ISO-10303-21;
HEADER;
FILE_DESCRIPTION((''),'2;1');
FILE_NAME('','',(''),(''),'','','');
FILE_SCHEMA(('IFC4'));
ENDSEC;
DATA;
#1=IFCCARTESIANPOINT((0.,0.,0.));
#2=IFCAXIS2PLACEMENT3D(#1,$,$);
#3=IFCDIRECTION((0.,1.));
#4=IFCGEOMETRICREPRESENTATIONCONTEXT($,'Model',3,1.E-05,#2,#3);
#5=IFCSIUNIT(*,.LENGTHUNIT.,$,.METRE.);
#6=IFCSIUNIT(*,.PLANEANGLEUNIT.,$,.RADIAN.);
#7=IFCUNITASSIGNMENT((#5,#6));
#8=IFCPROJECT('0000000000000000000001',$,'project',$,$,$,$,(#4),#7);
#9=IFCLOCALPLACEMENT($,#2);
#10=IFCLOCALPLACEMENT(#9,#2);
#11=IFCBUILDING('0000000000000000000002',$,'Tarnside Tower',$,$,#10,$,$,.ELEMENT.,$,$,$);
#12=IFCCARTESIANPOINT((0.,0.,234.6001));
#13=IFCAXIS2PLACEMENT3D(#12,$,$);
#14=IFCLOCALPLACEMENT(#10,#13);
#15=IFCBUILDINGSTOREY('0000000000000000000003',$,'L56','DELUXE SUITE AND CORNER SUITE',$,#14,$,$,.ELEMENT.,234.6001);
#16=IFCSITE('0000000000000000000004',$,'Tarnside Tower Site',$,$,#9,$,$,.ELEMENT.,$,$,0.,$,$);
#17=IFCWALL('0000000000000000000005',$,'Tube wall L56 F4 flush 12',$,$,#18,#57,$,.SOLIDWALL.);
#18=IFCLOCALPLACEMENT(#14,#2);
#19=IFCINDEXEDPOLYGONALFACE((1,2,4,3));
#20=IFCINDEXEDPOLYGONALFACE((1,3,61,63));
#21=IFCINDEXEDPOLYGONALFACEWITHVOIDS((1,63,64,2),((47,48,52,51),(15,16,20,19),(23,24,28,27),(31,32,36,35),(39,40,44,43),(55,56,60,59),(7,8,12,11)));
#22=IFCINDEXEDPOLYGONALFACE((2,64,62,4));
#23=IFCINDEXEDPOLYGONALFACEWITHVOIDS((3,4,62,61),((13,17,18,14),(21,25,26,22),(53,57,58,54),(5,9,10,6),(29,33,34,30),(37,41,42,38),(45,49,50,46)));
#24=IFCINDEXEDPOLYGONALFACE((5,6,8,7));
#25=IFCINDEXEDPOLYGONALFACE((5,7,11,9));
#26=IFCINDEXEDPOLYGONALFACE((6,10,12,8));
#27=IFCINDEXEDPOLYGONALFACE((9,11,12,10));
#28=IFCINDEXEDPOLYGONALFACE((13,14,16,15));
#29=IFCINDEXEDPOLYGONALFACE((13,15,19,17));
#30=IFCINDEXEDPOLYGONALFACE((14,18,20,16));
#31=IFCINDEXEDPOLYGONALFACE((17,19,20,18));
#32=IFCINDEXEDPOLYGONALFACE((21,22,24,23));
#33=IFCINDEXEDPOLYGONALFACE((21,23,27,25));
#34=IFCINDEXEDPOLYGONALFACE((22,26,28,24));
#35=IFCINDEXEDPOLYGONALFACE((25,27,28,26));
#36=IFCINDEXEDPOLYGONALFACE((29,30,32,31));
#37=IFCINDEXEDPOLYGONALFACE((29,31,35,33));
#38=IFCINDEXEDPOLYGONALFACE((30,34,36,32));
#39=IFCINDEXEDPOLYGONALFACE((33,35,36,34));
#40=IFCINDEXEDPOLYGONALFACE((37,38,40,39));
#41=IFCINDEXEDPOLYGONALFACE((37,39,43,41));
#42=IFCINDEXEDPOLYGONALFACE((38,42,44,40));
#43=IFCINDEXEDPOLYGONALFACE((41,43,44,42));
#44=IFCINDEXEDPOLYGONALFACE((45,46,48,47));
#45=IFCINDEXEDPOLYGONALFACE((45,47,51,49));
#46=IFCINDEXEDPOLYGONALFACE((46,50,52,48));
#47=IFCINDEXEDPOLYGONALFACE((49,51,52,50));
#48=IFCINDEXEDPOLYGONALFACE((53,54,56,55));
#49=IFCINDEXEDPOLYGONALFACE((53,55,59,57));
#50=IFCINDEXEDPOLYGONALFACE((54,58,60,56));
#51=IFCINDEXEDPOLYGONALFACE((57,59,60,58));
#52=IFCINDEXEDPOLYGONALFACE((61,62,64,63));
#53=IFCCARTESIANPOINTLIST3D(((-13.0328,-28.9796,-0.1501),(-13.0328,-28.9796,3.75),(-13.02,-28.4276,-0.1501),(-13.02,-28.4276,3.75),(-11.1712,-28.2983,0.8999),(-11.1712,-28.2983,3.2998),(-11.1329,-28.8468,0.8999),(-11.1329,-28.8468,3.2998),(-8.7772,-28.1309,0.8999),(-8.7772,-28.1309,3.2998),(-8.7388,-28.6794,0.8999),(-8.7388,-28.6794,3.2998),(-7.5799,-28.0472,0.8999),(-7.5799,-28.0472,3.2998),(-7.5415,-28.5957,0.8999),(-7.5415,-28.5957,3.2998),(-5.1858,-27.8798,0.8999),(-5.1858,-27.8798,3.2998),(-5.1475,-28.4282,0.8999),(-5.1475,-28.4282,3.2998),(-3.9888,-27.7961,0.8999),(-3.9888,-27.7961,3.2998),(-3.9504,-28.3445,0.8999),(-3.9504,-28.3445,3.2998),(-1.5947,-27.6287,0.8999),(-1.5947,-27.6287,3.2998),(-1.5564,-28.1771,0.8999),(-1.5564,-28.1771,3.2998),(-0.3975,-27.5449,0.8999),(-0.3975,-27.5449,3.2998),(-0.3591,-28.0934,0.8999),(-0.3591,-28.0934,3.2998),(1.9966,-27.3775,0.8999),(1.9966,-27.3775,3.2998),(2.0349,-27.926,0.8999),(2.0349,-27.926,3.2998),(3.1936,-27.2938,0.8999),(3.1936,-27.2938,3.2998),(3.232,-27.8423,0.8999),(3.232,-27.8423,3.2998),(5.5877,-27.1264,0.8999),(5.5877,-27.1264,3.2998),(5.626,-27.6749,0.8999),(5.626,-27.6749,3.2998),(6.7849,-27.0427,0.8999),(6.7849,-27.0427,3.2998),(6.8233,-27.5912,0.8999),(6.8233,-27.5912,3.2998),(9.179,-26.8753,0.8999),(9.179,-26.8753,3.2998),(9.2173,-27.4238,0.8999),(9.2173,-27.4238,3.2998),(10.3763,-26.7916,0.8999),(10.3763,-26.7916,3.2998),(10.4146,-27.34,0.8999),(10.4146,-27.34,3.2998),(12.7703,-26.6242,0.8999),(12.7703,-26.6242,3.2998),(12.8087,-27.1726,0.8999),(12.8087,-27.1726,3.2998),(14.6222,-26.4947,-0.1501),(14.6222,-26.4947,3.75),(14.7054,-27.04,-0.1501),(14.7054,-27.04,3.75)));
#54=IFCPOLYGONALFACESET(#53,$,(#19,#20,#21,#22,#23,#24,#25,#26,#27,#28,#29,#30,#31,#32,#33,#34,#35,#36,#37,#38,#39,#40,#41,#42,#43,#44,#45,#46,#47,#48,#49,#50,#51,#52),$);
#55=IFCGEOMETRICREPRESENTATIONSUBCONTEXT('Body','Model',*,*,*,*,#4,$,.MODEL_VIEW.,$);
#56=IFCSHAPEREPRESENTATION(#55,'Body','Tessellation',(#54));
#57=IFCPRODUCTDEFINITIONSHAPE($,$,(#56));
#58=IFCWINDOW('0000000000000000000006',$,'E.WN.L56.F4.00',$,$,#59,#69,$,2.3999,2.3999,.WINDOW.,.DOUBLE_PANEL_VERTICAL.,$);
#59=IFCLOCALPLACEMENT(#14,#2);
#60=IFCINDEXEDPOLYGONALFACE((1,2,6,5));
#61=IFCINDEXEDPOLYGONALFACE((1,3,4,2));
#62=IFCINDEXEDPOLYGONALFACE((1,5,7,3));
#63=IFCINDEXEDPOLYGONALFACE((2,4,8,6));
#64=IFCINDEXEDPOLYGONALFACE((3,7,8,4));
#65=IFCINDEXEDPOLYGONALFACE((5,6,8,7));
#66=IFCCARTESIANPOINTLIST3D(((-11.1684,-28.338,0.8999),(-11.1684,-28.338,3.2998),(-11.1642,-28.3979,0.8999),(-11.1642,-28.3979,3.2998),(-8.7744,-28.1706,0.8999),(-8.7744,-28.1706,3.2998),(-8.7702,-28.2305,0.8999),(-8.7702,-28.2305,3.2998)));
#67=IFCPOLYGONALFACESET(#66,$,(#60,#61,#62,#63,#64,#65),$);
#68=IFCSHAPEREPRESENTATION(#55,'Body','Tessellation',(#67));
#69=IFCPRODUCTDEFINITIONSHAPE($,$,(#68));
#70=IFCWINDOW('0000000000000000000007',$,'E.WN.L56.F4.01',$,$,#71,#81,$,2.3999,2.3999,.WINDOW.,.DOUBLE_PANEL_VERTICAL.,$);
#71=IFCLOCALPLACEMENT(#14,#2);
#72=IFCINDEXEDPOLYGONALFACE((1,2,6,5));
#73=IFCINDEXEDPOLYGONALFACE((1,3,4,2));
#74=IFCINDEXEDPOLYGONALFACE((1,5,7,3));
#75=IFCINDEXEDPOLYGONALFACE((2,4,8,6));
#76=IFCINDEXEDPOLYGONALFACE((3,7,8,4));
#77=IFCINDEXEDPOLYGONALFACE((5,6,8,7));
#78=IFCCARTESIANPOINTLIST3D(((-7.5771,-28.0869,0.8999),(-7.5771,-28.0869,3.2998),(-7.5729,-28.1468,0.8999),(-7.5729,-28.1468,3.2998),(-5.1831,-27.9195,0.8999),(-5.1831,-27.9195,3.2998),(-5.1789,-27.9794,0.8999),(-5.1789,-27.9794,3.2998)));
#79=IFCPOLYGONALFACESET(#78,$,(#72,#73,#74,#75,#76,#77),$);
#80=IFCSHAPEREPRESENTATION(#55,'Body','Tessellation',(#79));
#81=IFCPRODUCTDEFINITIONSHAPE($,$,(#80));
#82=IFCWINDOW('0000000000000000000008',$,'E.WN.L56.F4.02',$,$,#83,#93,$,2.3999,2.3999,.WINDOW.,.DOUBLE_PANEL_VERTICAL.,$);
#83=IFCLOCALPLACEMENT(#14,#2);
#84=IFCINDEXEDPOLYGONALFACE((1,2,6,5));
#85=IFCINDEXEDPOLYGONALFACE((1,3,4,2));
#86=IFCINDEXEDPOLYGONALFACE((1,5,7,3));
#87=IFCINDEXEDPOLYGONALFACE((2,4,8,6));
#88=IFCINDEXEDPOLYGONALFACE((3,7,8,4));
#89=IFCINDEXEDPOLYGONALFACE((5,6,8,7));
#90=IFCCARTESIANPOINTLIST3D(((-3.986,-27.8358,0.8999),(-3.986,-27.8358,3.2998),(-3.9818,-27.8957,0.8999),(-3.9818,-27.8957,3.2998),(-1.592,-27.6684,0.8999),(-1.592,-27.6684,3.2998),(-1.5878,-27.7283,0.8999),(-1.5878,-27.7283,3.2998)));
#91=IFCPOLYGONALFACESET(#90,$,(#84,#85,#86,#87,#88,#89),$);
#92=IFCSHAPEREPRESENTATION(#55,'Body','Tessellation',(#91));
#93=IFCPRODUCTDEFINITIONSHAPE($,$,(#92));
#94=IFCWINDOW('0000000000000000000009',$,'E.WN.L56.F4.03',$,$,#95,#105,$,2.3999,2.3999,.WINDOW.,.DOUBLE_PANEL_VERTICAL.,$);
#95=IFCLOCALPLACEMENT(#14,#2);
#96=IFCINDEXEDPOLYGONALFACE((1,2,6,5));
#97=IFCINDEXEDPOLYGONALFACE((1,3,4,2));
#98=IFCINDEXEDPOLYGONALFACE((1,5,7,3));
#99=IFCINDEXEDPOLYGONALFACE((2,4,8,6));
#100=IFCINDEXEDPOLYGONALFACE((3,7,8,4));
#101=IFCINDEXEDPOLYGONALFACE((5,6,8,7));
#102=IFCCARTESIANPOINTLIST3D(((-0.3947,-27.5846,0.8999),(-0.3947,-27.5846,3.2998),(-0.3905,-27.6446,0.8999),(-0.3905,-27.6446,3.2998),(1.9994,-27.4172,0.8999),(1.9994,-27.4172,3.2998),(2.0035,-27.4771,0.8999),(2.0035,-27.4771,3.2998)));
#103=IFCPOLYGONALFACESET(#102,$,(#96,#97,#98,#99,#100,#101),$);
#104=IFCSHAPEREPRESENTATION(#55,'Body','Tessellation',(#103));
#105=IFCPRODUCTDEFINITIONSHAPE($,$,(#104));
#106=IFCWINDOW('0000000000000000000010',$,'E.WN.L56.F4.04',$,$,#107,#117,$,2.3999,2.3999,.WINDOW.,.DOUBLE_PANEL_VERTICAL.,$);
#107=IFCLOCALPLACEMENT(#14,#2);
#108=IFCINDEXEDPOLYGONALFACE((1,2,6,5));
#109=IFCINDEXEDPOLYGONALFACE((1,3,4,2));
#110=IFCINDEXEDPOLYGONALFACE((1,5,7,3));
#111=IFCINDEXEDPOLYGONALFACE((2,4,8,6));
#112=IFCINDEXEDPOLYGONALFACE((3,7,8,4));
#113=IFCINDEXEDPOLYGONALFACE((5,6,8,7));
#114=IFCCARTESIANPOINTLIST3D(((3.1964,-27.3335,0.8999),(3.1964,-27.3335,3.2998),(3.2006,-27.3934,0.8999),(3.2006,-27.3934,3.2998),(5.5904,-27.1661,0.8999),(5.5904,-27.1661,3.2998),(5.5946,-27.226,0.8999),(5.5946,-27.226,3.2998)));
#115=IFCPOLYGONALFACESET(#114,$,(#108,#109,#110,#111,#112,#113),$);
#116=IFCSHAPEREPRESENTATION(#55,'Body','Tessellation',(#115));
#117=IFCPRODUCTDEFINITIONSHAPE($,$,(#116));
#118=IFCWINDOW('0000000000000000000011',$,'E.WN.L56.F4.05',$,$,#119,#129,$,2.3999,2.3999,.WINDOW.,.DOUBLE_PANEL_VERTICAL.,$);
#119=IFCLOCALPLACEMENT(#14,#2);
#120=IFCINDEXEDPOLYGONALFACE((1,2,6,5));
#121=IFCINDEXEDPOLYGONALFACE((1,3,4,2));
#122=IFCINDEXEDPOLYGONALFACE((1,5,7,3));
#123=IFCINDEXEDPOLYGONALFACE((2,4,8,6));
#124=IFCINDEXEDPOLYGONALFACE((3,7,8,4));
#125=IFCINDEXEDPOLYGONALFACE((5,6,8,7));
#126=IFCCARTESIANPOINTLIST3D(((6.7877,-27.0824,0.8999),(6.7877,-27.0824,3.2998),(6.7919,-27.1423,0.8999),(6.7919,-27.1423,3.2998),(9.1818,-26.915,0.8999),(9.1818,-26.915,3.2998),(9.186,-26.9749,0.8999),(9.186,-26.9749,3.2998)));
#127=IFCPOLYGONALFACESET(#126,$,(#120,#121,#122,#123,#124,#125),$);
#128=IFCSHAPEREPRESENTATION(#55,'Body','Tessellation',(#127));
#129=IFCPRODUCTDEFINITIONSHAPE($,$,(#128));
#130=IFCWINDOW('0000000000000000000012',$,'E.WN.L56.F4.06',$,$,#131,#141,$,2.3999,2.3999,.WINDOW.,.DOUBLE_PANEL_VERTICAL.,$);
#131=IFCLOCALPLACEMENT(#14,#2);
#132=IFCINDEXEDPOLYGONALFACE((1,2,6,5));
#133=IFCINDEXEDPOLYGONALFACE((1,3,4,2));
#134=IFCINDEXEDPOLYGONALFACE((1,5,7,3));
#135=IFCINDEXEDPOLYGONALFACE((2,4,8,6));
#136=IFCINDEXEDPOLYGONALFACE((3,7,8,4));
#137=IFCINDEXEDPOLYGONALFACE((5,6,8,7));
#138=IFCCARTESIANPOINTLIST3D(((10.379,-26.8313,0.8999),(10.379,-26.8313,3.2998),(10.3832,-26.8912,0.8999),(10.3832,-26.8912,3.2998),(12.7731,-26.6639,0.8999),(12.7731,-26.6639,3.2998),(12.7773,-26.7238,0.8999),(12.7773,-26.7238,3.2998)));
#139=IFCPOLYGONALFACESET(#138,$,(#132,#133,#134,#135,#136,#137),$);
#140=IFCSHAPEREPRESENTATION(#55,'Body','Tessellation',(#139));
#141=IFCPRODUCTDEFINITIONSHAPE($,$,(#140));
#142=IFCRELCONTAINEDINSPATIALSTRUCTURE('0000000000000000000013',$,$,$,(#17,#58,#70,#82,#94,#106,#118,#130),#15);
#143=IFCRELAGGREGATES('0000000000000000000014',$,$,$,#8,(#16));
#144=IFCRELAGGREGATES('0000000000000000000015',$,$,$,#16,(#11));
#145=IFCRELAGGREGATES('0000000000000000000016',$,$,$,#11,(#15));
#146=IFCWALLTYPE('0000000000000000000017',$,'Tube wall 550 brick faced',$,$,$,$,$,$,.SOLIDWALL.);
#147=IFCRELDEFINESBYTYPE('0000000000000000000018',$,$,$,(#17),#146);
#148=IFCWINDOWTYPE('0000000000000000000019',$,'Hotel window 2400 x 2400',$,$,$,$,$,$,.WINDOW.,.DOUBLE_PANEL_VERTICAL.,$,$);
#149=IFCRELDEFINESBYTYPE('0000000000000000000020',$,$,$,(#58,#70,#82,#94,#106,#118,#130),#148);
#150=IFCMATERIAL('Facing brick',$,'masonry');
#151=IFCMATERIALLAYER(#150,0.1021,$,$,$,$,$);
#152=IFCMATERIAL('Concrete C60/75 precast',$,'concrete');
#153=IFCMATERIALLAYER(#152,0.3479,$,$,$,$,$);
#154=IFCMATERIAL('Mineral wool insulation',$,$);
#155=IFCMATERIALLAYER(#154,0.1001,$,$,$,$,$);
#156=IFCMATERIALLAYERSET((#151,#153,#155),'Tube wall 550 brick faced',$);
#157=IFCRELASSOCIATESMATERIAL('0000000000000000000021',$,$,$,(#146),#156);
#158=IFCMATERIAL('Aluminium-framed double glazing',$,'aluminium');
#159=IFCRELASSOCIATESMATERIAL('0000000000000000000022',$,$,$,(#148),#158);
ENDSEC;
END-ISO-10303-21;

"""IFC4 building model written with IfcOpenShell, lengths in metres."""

from ifc_helpers import new_model, si_unit, direction, frame, frame_2d, origin, place, context, subcontext, project, spatial, polyline, rectangle, outline, extrude, material, layer, layer_set, type_object, element, fill, save


model = new_model("IFC4")

# Units and contexts
model_context = context("Model", 3, precision=1e-05, world=origin(), true_north=direction((0.0, 1.0)))
body_context = subcontext(model_context, "Body", "Model", "MODEL_VIEW")
ifc_project = project(units=[si_unit("LENGTHUNIT", "METRE"), si_unit("PLANEANGLEUNIT", "RADIAN")], contexts=[model_context])

# Site, building, storey
site_placement = place(None, origin())
site = spatial("IfcSite", under=ifc_project, at=site_placement, Name="Tarnside Tower Site", CompositionType="ELEMENT", RefElevation=0.0)
building_placement = place(site_placement, origin())
building = spatial("IfcBuilding", under=site, at=building_placement, Name="Tarnside Tower", CompositionType="ELEMENT")
storey_placement = place(building_placement, frame((0.0, 0.0, 234.6001)))
storey = spatial("IfcBuildingStorey", under=building, at=storey_placement, Name="L56", Description="DELUXE SUITE AND CORNER SUITE", CompositionType="ELEMENT", Elevation=234.6001)

# Shared definitions
ifc_material_1 = material(Name="Facing brick", Category="masonry")
ifc_layer_1 = layer(ifc_material_1, 0.1021)
ifc_material_2 = material(Name="Concrete C60/75 precast", Category="concrete")
ifc_layer_2 = layer(ifc_material_2, 0.3479)
ifc_material_3 = material(Name="Mineral wool insulation")
ifc_layer_3 = layer(ifc_material_3, 0.1001)
ifc_layer_set_1 = layer_set([ifc_layer_1, ifc_layer_2, ifc_layer_3], Name="Tube wall 550 brick faced")
wall_type_1 = type_object("IfcWallType", Name="Tube wall 550 brick faced", PredefinedType="SOLIDWALL", material=ifc_layer_set_1)

# Wall, openings, windows
wall_1_placement = place(storey_placement, frame((-13.0264, -28.7036, -0.1501), z_axis=(0.0, 0.0, 1.0), x_axis=(0.997564, 0.069756, 0.0)))
wall_1 = element("IfcWall", 1, at=wall_1_placement, inside=storey, type_object=wall_type_1, Name="Tube wall L56 F4 flush 12", PredefinedType="SOLIDWALL", context=body_context, shape_type="SweptSolid", body=[
    extrude(outline(polyline([(-0.0256, -0.2749), (27.7803, -0.2749), (27.7354, 0.2749), (0.0256, 0.2749), (-0.0256, -0.2749)])), origin(), (0.0, 0.0, 1.0), 3.9001),
])
opening_1_placement = place(wall_1_placement, frame((1.8789, 0.0, 1.05)))
opening_1 = element("IfcOpeningElement", 2, at=opening_1_placement, cuts=wall_1, PredefinedType="OPENING", context=body_context, shape_type="SweptSolid", body=[
    extrude(rectangle(XDim=2.3999, YDim=2.3999, at=frame_2d((1.2, 1.2))), frame((0.0, 0.2852, 0.0), z_axis=(0.0, -1.0, 0.0), x_axis=(1.0, 0.0, 0.0)), (0.0, 0.0, 1.0), 0.5701),
])
opening_2_placement = place(wall_1_placement, frame((5.479, 0.0, 1.05)))
opening_2 = element("IfcOpeningElement", 3, at=opening_2_placement, cuts=wall_1, PredefinedType="OPENING", context=body_context, shape_type="SweptSolid", body=[
    extrude(rectangle(XDim=2.3999, YDim=2.3999, at=frame_2d((1.2, 1.2))), frame((0.0, 0.2852, 0.0), z_axis=(0.0, -1.0, 0.0), x_axis=(1.0, 0.0, 0.0)), (0.0, 0.0, 1.0), 0.5701),
])
opening_3_placement = place(wall_1_placement, frame((9.0789, 0.0, 1.05)))
opening_3 = element("IfcOpeningElement", 4, at=opening_3_placement, cuts=wall_1, PredefinedType="OPENING", context=body_context, shape_type="SweptSolid", body=[
    extrude(rectangle(XDim=2.3999, YDim=2.3999, at=frame_2d((1.2, 1.2))), frame((0.0, 0.2852, 0.0), z_axis=(0.0, -1.0, 0.0), x_axis=(1.0, 0.0, 0.0)), (0.0, 0.0, 1.0), 0.5701),
])
opening_4_placement = place(wall_1_placement, frame((12.679, 0.0, 1.05)))
opening_4 = element("IfcOpeningElement", 5, at=opening_4_placement, cuts=wall_1, PredefinedType="OPENING", context=body_context, shape_type="SweptSolid", body=[
    extrude(rectangle(XDim=2.3999, YDim=2.3999, at=frame_2d((1.2, 1.2))), frame((0.0, 0.2852, 0.0), z_axis=(0.0, -1.0, 0.0), x_axis=(1.0, 0.0, 0.0)), (0.0, 0.0, 1.0), 0.5701),
])
opening_5_placement = place(wall_1_placement, frame((16.2788, 0.0, 1.05)))
opening_5 = element("IfcOpeningElement", 6, at=opening_5_placement, cuts=wall_1, PredefinedType="OPENING", context=body_context, shape_type="SweptSolid", body=[
    extrude(rectangle(XDim=2.3999, YDim=2.3999, at=frame_2d((1.2, 1.2))), frame((0.0, 0.2852, 0.0), z_axis=(0.0, -1.0, 0.0), x_axis=(1.0, 0.0, 0.0)), (0.0, 0.0, 1.0), 0.5701),
])
opening_6_placement = place(wall_1_placement, frame((19.8789, 0.0, 1.05)))
opening_6 = element("IfcOpeningElement", 7, at=opening_6_placement, cuts=wall_1, PredefinedType="OPENING", context=body_context, shape_type="SweptSolid", body=[
    extrude(rectangle(XDim=2.3999, YDim=2.3999, at=frame_2d((1.2, 1.2))), frame((0.0, 0.2852, 0.0), z_axis=(0.0, -1.0, 0.0), x_axis=(1.0, 0.0, 0.0)), (0.0, 0.0, 1.0), 0.5701),
])
opening_7_placement = place(wall_1_placement, frame((23.479, 0.0, 1.05)))
opening_7 = element("IfcOpeningElement", 8, at=opening_7_placement, cuts=wall_1, PredefinedType="OPENING", context=body_context, shape_type="SweptSolid", body=[
    extrude(rectangle(XDim=2.3999, YDim=2.3999, at=frame_2d((1.2, 1.2))), frame((0.0, 0.2852, 0.0), z_axis=(0.0, -1.0, 0.0), x_axis=(1.0, 0.0, 0.0)), (0.0, 0.0, 1.0), 0.5701),
])
ifc_material_4 = material(Name="Aluminium-framed double glazing", Category="aluminium")
window_type = type_object("IfcWindowType", Name="Hotel window 2400 x 2400", PartitioningType="DOUBLE_PANEL_VERTICAL", PredefinedType="WINDOW", material=ifc_material_4)
window_1_placement = place(opening_1_placement, frame((0.0, 0.2051, 0.0)))
window_1 = element("IfcWindow", 9, at=window_1_placement, inside=storey, type_object=window_type, Name="E.WN.L56.F4.00", OverallHeight=2.3999, OverallWidth=2.3999, PartitioningType="DOUBLE_PANEL_VERTICAL", PredefinedType="WINDOW", context=body_context, shape_type="SweptSolid", body=[
    extrude(rectangle(XDim=2.3999, YDim=2.3999, at=frame_2d((1.2, 1.2))), frame((0.0, 0.03, 0.0), z_axis=(0.0, -1.0, 0.0), x_axis=(1.0, 0.0, 0.0)), (0.0, 0.0, 1.0), 0.0601),
])
fill(opening_1, window_1)
window_2_placement = place(opening_2_placement, frame((0.0, 0.2051, 0.0)))
window_2 = element("IfcWindow", 10, at=window_2_placement, inside=storey, type_object=window_type, Name="E.WN.L56.F4.01", OverallHeight=2.3999, OverallWidth=2.3999, PartitioningType="DOUBLE_PANEL_VERTICAL", PredefinedType="WINDOW", context=body_context, shape_type="SweptSolid", body=[
    extrude(rectangle(XDim=2.3999, YDim=2.3999, at=frame_2d((1.2, 1.2))), frame((0.0, 0.03, 0.0), z_axis=(0.0, -1.0, 0.0), x_axis=(1.0, 0.0, 0.0)), (0.0, 0.0, 1.0), 0.0601),
])
fill(opening_2, window_2)
window_3_placement = place(opening_3_placement, frame((0.0, 0.2051, 0.0)))
window_3 = element("IfcWindow", 11, at=window_3_placement, inside=storey, type_object=window_type, Name="E.WN.L56.F4.02", OverallHeight=2.3999, OverallWidth=2.3999, PartitioningType="DOUBLE_PANEL_VERTICAL", PredefinedType="WINDOW", context=body_context, shape_type="SweptSolid", body=[
    extrude(rectangle(XDim=2.3999, YDim=2.3999, at=frame_2d((1.2, 1.2))), frame((0.0, 0.03, 0.0), z_axis=(0.0, -1.0, 0.0), x_axis=(1.0, 0.0, 0.0)), (0.0, 0.0, 1.0), 0.0601),
])
fill(opening_3, window_3)
window_4_placement = place(opening_4_placement, frame((0.0, 0.2051, 0.0)))
window_4 = element("IfcWindow", 12, at=window_4_placement, inside=storey, type_object=window_type, Name="E.WN.L56.F4.03", OverallHeight=2.3999, OverallWidth=2.3999, PartitioningType="DOUBLE_PANEL_VERTICAL", PredefinedType="WINDOW", context=body_context, shape_type="SweptSolid", body=[
    extrude(rectangle(XDim=2.3999, YDim=2.3999, at=frame_2d((1.2, 1.2))), frame((0.0, 0.03, 0.0), z_axis=(0.0, -1.0, 0.0), x_axis=(1.0, 0.0, 0.0)), (0.0, 0.0, 1.0), 0.0601),
])
fill(opening_4, window_4)
window_5_placement = place(opening_5_placement, frame((0.0, 0.2051, 0.0)))
window_5 = element("IfcWindow", 13, at=window_5_placement, inside=storey, type_object=window_type, Name="E.WN.L56.F4.04", OverallHeight=2.3999, OverallWidth=2.3999, PartitioningType="DOUBLE_PANEL_VERTICAL", PredefinedType="WINDOW", context=body_context, shape_type="SweptSolid", body=[
    extrude(rectangle(XDim=2.3999, YDim=2.3999, at=frame_2d((1.2, 1.2))), frame((0.0, 0.03, 0.0), z_axis=(0.0, -1.0, 0.0), x_axis=(1.0, 0.0, 0.0)), (0.0, 0.0, 1.0), 0.0601),
])
fill(opening_5, window_5)
window_6_placement = place(opening_6_placement, frame((0.0, 0.2051, 0.0)))
window_6 = element("IfcWindow", 14, at=window_6_placement, inside=storey, type_object=window_type, Name="E.WN.L56.F4.05", OverallHeight=2.3999, OverallWidth=2.3999, PartitioningType="DOUBLE_PANEL_VERTICAL", PredefinedType="WINDOW", context=body_context, shape_type="SweptSolid", body=[
    extrude(rectangle(XDim=2.3999, YDim=2.3999, at=frame_2d((1.2, 1.2))), frame((0.0, 0.03, 0.0), z_axis=(0.0, -1.0, 0.0), x_axis=(1.0, 0.0, 0.0)), (0.0, 0.0, 1.0), 0.0601),
])
fill(opening_6, window_6)
window_7_placement = place(opening_7_placement, frame((0.0, 0.2051, 0.0)))
window_7 = element("IfcWindow", 15, at=window_7_placement, inside=storey, type_object=window_type, Name="E.WN.L56.F4.06", OverallHeight=2.3999, OverallWidth=2.3999, PartitioningType="DOUBLE_PANEL_VERTICAL", PredefinedType="WINDOW", context=body_context, shape_type="SweptSolid", body=[
    extrude(rectangle(XDim=2.3999, YDim=2.3999, at=frame_2d((1.2, 1.2))), frame((0.0, 0.03, 0.0), z_axis=(0.0, -1.0, 0.0), x_axis=(1.0, 0.0, 0.0)), (0.0, 0.0, 1.0), 0.0601),
])
fill(opening_7, window_7)

save(model, "model.ifc")
